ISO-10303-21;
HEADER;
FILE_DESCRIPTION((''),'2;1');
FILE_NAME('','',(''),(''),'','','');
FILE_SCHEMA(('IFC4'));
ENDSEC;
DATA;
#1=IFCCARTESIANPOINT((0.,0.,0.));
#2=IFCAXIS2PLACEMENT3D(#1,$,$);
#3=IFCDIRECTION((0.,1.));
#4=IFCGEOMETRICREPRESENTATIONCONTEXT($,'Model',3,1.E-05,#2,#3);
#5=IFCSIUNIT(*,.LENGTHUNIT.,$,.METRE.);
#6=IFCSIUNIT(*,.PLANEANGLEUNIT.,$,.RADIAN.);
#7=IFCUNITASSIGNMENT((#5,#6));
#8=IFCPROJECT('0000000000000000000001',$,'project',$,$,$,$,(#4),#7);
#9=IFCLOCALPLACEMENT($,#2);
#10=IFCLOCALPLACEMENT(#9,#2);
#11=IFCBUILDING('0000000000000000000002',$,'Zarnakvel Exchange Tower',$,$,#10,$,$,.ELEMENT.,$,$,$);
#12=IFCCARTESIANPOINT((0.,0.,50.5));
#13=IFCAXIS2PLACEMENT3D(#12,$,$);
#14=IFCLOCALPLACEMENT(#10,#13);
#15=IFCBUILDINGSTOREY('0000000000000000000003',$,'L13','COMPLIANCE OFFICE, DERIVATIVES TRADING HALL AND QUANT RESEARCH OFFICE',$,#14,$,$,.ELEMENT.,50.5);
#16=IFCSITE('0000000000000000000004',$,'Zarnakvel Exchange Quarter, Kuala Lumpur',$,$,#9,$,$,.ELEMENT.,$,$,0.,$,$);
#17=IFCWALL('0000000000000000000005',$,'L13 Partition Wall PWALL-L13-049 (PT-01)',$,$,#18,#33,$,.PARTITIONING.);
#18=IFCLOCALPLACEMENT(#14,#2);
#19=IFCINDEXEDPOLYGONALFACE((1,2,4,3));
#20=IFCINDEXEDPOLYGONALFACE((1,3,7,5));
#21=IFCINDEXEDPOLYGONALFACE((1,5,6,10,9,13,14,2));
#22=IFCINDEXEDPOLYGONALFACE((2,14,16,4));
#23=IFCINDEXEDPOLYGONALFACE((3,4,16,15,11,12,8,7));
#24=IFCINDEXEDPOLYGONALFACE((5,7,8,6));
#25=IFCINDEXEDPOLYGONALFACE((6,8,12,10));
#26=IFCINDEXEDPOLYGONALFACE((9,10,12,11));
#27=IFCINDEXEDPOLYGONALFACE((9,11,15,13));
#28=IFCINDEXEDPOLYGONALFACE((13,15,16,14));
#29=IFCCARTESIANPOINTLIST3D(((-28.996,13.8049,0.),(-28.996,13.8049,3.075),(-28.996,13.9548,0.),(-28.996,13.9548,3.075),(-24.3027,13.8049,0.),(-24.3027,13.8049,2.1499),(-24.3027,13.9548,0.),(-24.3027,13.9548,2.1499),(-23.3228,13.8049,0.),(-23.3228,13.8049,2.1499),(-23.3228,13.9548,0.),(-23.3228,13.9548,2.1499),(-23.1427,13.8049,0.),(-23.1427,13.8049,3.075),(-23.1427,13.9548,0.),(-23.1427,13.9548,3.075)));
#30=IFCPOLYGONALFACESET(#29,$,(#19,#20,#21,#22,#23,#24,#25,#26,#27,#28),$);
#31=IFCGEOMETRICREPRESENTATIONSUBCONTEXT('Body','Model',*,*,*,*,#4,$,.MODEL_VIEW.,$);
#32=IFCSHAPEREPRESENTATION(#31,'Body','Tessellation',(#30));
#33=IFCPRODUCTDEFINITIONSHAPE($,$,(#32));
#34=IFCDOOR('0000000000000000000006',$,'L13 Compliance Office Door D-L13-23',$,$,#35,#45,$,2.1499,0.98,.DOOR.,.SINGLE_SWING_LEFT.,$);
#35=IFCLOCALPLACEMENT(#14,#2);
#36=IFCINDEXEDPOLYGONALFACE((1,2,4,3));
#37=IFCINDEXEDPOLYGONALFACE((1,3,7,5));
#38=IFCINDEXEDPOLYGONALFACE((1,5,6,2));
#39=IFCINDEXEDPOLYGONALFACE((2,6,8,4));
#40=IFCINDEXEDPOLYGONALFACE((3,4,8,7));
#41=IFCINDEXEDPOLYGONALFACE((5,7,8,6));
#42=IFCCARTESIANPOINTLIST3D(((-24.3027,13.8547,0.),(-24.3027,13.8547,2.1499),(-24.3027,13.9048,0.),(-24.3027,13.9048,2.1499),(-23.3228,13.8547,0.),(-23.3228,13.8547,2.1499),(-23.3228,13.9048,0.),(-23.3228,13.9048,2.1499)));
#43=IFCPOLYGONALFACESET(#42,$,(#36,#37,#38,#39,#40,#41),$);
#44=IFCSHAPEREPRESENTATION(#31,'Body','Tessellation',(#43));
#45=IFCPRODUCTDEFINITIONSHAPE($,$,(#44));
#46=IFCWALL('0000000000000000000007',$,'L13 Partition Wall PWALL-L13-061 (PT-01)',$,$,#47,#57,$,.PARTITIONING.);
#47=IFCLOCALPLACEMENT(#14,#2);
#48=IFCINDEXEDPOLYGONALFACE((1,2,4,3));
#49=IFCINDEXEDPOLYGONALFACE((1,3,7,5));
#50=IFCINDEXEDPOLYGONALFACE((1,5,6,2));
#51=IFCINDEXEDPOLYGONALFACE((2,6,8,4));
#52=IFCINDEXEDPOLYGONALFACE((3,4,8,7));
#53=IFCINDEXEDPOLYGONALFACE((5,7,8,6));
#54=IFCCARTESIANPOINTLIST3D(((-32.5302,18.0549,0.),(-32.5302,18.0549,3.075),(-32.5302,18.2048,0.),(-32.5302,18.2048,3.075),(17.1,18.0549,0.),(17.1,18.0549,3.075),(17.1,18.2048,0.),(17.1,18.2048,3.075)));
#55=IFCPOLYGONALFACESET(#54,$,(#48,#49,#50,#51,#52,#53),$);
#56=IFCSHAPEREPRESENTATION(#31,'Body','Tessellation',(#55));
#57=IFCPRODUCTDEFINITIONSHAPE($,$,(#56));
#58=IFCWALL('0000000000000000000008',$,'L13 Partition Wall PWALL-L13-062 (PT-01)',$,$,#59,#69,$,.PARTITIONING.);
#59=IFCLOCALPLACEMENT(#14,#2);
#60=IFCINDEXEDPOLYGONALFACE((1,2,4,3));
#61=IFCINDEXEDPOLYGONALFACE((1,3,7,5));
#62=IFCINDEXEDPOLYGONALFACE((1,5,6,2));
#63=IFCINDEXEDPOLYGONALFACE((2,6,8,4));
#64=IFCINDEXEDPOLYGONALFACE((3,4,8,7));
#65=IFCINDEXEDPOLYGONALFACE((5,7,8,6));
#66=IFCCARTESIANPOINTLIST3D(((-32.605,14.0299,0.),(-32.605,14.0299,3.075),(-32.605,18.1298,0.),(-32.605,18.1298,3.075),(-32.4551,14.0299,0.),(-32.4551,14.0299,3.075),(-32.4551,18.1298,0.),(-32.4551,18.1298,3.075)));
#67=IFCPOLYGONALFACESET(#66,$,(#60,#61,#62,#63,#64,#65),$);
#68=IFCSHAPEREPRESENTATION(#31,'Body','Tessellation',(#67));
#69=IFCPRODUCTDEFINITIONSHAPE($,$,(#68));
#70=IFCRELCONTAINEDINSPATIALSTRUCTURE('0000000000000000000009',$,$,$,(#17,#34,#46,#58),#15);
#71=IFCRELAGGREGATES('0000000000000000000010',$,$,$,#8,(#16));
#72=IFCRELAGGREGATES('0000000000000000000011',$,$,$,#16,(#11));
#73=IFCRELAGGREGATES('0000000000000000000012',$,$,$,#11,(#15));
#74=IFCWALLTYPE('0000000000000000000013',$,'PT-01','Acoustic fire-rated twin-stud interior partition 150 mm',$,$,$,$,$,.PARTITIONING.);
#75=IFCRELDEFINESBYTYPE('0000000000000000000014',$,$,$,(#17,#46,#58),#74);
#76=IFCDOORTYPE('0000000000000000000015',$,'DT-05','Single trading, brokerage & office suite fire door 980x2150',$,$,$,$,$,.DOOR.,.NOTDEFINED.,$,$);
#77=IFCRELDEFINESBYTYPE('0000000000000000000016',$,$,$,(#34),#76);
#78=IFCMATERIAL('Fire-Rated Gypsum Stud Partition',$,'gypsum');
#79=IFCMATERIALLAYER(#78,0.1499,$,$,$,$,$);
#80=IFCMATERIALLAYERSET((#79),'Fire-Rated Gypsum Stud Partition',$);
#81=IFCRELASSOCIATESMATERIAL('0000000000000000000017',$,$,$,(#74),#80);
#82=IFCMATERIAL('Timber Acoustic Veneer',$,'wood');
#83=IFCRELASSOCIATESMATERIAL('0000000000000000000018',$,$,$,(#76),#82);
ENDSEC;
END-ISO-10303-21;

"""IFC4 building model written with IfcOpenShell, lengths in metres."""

from ifc_helpers import new_model, si_unit, direction, frame, frame_2d, origin, place, context, subcontext, project, spatial, rectangle, extrude, source, transform, mapped, material, layer, layer_set, type_object, element, fill, save


model = new_model("IFC4")

# Units and contexts
model_context = context("Model", 3, precision=1e-05, world=origin(), true_north=direction((0.0, 1.0)))
body_context = subcontext(model_context, "Body", "Model", "MODEL_VIEW")
ifc_project = project(units=[si_unit("LENGTHUNIT", "METRE"), si_unit("PLANEANGLEUNIT", "RADIAN")], contexts=[model_context])

# Site, building, storey
site_placement = place(None, origin())
site = spatial("IfcSite", under=ifc_project, at=site_placement, Name="Zarnakvel Exchange Quarter, Kuala Lumpur", CompositionType="ELEMENT", RefElevation=0.0)
building_placement = place(site_placement, origin())
building = spatial("IfcBuilding", under=site, at=building_placement, Name="Zarnakvel Exchange Tower", CompositionType="ELEMENT")
storey_placement = place(building_placement, frame((0.0, 0.0, 50.5)))
storey = spatial("IfcBuildingStorey", under=building, at=storey_placement, Name="L13", Description="COMPLIANCE OFFICE, DERIVATIVES TRADING HALL AND QUANT RESEARCH OFFICE", CompositionType="ELEMENT", Elevation=50.5)

# Wall, opening, door
ifc_material_1 = material(Name="Fire-Rated Gypsum Stud Partition", Category="gypsum")
ifc_layer_1 = layer(ifc_material_1, 0.1499)
ifc_layer_set_1 = layer_set([ifc_layer_1], Name="Fire-Rated Gypsum Stud Partition")
wall_type_1 = type_object("IfcWallType", Name="PT-01", Description="Acoustic fire-rated twin-stud interior partition 150 mm", PredefinedType="PARTITIONING", material=ifc_layer_set_1)
wall_1_placement = place(storey_placement, frame((-28.9961, 13.8799, 0.0), z_axis=(0.0, 0.0, 1.0), x_axis=(1.0, 0.0, 0.0)))
wall_1 = element("IfcWall", 1, at=wall_1_placement, inside=storey, type_object=wall_type_1, Name="L13 Partition Wall PWALL-L13-049 (PT-01)", PredefinedType="PARTITIONING", context=body_context, shape_type="SweptSolid", body=[
    extrude(rectangle(XDim=5.8533, YDim=0.1499, at=frame_2d((2.9268, 0.0))), origin(), (0.0, 0.0, 1.0), 3.075),
])
opening_placement = place(wall_1_placement, frame((4.6934, 0.0, 0.0)))
opening = element("IfcOpeningElement", 2, at=opening_placement, cuts=wall_1, PredefinedType="OPENING", context=body_context, shape_type="SweptSolid", body=[
    extrude(rectangle(XDim=0.98, YDim=2.1499, at=frame_2d((0.49, 1.075))), frame((0.0, 0.085, 0.0), z_axis=(0.0, -1.0, 0.0), x_axis=(1.0, 0.0, 0.0)), (0.0, 0.0, 1.0), 0.1699),
])
ifc_material_2 = material(Name="Timber Acoustic Veneer", Category="wood")
door_type = type_object("IfcDoorType", Name="DT-05", Description="Single trading, brokerage & office suite fire door 980x2150", OperationType="NOTDEFINED", PredefinedType="DOOR", material=ifc_material_2)
shared_shape_1 = source(origin(), body_context, "Body", "SweptSolid", [
    extrude(rectangle(XDim=0.98, YDim=2.1499, at=frame_2d((0.49, 1.075))), frame((0.0, 0.0249, 0.0), z_axis=(0.0, -1.0, 0.0), x_axis=(1.0, 0.0, 0.0)), (0.0, 0.0, 1.0), 0.05),
])
door_placement = place(opening_placement, origin())
door = element("IfcDoor", 3, at=door_placement, inside=storey, type_object=door_type, Name="L13 Compliance Office Door D-L13-23", OperationType="SINGLE_SWING_LEFT", OverallHeight=2.1499, OverallWidth=0.98, PredefinedType="DOOR", context=body_context, shape_type="MappedRepresentation", body=[
    mapped(shared_shape_1, transform((0.0, 0.0, 0.0), x_axis=(1.0, 0.0, 0.0), y_axis=(0.0, 1.0, 0.0), z_axis=(0.0, 0.0, 1.0), scale=1.0)),
])
fill(opening, door)

# Walls
wall_2_placement = place(storey_placement, frame((-32.53, 18.1299, 0.0), z_axis=(0.0, 0.0, 1.0), x_axis=(1.0, 0.0, 0.0)))
element("IfcWall", 4, at=wall_2_placement, inside=storey, type_object=wall_type_1, Name="L13 Partition Wall PWALL-L13-061 (PT-01)", PredefinedType="PARTITIONING", context=body_context, shape_type="SweptSolid", body=[
    extrude(rectangle(XDim=49.6301, YDim=0.1499, at=frame_2d((24.8149, 0.0))), origin(), (0.0, 0.0, 1.0), 3.075),
])
wall_3_placement = place(storey_placement, frame((-32.53, 14.03, 0.0), z_axis=(0.0, 0.0, 1.0), x_axis=(0.0, 1.0, 0.0)))
element("IfcWall", 5, at=wall_3_placement, inside=storey, type_object=wall_type_1, Name="L13 Partition Wall PWALL-L13-062 (PT-01)", PredefinedType="PARTITIONING", context=body_context, shape_type="SweptSolid", body=[
    extrude(rectangle(XDim=4.0999, YDim=0.1499, at=frame_2d((2.0498, 0.0))), origin(), (0.0, 0.0, 1.0), 3.075),
])

save(model, "model.ifc")
